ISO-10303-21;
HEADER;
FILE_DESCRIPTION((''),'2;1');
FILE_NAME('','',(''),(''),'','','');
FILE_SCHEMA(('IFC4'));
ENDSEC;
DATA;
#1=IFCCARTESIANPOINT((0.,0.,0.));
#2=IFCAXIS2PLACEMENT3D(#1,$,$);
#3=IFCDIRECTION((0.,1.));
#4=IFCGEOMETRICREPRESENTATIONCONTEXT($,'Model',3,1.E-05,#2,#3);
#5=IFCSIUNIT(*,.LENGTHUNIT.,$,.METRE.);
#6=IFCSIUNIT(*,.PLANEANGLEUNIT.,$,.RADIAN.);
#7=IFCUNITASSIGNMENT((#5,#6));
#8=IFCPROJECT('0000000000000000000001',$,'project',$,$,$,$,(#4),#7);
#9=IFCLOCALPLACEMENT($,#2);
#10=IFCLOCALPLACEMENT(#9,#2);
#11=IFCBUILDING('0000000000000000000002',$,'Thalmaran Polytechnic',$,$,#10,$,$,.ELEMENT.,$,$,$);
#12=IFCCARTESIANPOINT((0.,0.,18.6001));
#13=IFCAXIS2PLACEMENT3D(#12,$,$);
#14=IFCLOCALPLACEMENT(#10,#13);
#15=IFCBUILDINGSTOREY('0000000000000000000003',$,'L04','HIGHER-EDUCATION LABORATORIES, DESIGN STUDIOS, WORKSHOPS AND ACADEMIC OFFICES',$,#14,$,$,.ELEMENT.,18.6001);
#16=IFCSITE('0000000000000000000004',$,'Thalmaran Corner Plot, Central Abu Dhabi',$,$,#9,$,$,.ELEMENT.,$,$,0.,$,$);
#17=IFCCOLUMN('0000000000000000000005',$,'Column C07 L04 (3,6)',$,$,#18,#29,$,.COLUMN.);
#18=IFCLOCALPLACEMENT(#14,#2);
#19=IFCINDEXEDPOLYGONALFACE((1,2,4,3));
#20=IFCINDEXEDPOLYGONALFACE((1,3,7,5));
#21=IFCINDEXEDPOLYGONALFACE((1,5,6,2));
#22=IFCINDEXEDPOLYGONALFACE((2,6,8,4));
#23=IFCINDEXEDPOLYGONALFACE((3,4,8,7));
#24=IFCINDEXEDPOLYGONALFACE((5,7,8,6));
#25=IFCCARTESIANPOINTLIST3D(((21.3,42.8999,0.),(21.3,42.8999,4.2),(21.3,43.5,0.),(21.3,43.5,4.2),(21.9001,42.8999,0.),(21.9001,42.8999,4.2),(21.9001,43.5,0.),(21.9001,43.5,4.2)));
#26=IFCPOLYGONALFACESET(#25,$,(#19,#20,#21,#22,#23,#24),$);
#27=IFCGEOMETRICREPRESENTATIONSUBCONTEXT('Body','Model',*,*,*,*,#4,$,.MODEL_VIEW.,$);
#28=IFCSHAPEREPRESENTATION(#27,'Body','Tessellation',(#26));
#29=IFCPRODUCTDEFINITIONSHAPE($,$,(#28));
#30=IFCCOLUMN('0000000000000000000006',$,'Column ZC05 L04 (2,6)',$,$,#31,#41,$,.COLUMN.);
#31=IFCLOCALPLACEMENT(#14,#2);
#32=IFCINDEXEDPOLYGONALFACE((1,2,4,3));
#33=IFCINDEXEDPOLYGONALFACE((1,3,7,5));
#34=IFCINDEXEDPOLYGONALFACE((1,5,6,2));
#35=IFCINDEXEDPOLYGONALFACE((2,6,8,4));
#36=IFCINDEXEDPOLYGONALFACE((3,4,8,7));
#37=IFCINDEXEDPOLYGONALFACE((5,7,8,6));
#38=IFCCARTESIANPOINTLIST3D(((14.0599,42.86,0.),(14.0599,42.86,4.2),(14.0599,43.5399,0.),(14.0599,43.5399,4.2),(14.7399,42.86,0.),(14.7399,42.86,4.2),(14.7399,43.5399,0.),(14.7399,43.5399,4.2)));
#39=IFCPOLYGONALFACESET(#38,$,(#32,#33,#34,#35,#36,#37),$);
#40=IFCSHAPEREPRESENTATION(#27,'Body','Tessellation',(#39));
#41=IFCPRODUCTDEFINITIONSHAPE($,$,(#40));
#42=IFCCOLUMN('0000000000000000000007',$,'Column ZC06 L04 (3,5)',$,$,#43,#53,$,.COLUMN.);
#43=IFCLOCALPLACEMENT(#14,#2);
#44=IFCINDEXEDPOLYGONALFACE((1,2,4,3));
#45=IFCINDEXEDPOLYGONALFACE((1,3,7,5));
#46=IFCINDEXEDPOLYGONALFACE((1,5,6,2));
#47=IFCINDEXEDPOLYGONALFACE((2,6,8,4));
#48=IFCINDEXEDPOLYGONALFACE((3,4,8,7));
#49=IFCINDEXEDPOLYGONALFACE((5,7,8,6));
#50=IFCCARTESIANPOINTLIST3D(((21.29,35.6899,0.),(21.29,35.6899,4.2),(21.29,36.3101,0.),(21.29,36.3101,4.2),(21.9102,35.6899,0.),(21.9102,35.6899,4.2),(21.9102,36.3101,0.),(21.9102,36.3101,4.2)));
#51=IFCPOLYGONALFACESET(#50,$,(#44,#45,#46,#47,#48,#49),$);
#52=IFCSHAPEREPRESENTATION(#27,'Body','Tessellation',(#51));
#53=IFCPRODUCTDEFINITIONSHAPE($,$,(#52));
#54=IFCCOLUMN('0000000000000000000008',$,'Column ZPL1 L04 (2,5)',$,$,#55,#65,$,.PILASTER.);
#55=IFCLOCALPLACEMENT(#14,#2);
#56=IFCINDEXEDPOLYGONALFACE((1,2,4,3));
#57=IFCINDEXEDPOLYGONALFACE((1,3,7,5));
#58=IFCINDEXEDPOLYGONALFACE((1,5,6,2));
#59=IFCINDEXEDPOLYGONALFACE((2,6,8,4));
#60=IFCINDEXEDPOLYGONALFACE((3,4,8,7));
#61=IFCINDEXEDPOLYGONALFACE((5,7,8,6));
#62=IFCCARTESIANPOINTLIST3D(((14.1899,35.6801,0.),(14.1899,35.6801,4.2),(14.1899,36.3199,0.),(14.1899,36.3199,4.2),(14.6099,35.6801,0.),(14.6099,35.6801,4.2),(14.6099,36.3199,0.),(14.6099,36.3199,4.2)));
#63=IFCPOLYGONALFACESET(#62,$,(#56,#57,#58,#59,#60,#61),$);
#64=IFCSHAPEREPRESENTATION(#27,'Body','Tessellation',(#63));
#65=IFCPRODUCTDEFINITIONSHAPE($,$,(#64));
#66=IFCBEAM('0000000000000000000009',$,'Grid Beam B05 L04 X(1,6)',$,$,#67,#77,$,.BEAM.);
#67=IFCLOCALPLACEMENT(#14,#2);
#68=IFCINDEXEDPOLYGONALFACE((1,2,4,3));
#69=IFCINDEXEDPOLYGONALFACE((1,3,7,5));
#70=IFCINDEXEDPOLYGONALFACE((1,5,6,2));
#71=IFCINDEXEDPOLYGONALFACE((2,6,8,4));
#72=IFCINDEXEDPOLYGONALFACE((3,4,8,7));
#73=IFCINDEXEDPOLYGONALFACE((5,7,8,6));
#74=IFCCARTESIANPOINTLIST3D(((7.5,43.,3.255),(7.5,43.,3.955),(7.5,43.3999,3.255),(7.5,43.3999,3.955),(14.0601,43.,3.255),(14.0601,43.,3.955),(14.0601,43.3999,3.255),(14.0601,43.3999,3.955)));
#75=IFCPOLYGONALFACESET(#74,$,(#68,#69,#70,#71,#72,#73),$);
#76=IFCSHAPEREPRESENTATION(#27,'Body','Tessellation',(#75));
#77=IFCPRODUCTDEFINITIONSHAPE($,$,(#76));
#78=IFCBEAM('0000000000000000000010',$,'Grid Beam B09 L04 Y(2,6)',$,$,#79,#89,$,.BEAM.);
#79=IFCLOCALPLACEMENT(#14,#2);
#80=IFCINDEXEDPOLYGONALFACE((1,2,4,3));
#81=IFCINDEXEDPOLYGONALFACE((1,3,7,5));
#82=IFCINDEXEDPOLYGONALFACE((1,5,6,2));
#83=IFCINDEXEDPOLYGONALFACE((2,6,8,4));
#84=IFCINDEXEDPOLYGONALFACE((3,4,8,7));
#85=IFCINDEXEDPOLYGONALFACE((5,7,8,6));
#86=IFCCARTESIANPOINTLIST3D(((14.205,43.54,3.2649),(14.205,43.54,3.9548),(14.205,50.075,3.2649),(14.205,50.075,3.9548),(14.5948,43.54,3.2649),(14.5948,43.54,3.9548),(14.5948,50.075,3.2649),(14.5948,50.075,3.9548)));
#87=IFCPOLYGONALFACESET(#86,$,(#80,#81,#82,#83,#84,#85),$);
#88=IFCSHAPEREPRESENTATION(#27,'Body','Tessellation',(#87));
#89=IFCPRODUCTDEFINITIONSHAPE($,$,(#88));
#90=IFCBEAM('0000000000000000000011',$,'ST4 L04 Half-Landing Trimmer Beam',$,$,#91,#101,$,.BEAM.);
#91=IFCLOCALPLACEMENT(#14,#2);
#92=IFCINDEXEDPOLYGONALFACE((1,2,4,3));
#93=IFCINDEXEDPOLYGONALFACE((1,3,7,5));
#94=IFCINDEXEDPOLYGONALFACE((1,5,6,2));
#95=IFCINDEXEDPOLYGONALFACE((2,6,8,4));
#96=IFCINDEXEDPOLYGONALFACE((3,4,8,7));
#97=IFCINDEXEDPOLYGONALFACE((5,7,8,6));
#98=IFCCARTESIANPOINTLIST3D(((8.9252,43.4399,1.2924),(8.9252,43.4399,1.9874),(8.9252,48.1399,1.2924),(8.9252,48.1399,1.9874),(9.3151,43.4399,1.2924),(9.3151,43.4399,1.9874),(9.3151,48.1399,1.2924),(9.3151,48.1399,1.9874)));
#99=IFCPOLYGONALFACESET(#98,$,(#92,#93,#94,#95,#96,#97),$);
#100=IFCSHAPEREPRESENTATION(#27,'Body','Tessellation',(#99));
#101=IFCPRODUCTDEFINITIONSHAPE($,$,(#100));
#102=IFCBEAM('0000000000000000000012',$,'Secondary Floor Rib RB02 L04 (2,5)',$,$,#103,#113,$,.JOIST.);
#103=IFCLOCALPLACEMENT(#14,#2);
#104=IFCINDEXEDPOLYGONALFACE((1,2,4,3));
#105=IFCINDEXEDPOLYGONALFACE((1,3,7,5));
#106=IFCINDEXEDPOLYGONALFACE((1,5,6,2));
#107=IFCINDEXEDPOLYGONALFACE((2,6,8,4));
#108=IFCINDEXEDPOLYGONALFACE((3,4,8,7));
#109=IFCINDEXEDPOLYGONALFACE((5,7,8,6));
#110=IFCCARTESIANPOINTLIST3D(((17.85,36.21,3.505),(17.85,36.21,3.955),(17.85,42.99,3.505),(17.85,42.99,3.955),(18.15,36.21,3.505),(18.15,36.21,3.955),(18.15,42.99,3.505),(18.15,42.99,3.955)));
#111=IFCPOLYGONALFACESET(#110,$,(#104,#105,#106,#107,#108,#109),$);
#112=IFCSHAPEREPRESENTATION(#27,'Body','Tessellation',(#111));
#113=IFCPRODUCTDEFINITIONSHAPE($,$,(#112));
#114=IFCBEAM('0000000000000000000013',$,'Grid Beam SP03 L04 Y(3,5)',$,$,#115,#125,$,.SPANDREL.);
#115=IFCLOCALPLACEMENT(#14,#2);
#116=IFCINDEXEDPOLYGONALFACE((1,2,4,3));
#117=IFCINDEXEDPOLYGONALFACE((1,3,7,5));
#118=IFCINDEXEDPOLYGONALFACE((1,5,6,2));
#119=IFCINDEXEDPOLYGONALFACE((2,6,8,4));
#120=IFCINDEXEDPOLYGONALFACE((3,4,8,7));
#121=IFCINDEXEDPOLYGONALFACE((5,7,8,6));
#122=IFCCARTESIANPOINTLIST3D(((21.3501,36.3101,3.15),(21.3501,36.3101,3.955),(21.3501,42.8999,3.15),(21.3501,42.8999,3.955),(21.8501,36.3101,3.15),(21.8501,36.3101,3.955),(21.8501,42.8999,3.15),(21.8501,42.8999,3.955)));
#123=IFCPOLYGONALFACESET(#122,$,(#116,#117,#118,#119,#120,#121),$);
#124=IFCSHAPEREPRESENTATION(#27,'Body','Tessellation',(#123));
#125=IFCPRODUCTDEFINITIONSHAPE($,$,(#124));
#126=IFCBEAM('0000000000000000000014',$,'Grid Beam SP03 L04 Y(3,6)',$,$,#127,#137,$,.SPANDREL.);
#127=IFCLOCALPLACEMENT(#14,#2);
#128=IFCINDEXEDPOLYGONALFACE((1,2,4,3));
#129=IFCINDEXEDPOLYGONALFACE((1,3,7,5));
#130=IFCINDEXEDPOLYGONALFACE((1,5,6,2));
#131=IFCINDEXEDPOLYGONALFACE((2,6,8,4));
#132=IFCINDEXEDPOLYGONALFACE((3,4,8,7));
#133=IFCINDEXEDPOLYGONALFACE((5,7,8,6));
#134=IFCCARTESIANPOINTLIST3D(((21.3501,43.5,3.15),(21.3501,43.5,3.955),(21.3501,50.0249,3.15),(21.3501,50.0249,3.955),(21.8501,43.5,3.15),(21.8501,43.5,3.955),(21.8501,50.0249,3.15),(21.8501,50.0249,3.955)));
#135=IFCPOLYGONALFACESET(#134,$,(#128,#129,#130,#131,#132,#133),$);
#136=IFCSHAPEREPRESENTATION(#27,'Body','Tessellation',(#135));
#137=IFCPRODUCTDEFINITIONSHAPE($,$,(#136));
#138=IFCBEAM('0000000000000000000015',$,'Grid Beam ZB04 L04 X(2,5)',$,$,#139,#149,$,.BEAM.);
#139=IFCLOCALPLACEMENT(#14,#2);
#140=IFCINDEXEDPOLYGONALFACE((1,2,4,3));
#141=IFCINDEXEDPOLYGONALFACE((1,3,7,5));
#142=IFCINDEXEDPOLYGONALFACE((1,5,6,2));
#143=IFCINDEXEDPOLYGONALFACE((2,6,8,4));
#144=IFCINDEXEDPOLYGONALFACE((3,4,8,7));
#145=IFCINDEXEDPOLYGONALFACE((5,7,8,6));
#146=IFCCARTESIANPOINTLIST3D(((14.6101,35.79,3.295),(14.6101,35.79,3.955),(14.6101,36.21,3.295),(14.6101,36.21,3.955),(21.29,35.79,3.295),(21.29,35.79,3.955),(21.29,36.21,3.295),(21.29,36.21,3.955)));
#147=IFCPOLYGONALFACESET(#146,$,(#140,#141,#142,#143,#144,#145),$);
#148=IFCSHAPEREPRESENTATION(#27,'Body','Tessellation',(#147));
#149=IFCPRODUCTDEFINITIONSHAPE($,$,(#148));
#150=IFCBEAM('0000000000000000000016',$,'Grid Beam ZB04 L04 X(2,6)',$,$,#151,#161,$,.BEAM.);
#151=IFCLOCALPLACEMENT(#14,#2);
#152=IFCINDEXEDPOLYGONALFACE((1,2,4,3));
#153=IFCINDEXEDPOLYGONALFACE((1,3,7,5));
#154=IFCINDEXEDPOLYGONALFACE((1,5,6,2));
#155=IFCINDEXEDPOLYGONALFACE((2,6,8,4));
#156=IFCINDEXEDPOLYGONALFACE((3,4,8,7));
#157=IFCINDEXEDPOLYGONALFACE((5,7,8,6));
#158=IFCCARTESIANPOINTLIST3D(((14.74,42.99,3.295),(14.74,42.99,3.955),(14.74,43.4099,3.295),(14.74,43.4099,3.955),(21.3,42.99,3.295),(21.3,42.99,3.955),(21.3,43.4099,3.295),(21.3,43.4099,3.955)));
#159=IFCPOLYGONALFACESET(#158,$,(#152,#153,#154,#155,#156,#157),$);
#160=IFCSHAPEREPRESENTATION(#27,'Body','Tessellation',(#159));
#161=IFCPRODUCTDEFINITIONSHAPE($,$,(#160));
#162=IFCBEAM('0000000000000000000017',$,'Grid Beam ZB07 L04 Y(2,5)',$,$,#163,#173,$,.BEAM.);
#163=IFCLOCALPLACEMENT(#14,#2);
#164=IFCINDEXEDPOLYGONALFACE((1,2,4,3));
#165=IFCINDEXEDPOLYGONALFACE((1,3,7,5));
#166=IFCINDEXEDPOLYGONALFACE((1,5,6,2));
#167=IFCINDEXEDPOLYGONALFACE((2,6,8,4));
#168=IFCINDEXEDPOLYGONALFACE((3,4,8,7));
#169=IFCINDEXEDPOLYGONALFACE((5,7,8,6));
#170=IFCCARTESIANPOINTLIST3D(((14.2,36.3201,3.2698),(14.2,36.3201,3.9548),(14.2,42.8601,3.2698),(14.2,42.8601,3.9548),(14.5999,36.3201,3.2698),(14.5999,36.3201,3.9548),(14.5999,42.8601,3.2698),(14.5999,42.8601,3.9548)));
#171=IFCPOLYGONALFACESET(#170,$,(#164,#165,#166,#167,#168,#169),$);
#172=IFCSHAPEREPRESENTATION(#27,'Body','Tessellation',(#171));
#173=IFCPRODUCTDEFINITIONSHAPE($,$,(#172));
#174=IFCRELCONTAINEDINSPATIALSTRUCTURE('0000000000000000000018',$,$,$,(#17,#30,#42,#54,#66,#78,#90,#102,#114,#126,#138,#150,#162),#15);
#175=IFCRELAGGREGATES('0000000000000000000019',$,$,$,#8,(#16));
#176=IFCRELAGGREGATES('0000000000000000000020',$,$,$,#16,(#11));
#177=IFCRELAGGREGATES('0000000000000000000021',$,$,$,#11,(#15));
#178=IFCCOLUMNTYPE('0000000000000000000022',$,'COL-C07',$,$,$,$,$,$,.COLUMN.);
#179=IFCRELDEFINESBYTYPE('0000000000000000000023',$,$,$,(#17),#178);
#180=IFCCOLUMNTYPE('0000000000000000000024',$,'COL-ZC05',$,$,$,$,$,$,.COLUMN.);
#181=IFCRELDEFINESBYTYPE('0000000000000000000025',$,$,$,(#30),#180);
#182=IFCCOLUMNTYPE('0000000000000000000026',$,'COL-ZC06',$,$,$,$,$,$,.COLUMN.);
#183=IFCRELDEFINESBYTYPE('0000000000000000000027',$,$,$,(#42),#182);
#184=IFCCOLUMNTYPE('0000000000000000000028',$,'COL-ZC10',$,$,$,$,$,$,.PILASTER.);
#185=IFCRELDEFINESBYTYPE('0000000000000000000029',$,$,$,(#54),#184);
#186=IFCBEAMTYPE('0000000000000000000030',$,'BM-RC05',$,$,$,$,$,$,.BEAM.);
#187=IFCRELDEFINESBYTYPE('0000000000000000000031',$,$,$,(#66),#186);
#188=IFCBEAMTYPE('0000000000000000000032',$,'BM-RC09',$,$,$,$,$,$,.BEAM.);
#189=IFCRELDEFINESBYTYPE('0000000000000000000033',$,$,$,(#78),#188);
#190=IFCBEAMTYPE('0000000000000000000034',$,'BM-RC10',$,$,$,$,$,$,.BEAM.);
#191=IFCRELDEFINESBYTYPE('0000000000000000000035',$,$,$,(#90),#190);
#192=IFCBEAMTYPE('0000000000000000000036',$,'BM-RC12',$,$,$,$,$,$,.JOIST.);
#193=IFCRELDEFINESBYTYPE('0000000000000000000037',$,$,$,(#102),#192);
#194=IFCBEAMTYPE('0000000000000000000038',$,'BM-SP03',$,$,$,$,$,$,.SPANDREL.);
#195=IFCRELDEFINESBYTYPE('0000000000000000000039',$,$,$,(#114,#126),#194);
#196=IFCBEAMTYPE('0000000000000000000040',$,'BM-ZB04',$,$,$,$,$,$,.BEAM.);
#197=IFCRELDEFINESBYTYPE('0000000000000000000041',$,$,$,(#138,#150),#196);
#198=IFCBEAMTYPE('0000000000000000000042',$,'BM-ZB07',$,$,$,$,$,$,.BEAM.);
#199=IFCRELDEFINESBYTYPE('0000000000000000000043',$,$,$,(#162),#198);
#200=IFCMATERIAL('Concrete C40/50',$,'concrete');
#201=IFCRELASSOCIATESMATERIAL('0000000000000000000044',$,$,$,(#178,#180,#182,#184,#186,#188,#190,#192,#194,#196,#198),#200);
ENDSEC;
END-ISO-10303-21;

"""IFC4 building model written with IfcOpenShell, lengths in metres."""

from ifc_helpers import new_model, si_unit, direction, frame, origin, origin_2d, place, context, subcontext, project, spatial, rectangle, extrude, material, material_profile, profile_set, type_object, element, save


model = new_model("IFC4")

# Units and contexts
model_context = context("Model", 3, precision=1e-05, world=origin(), true_north=direction((0.0, 1.0)))
body_context = subcontext(model_context, "Body", "Model", "MODEL_VIEW")
ifc_project = project(units=[si_unit("LENGTHUNIT", "METRE"), si_unit("PLANEANGLEUNIT", "RADIAN")], contexts=[model_context])

# Site, building, storey
site_placement = place(None, origin())
site = spatial("IfcSite", under=ifc_project, at=site_placement, Name="Thalmaran Corner Plot, Central Abu Dhabi", CompositionType="ELEMENT", RefElevation=0.0)
building_placement = place(site_placement, origin())
building = spatial("IfcBuilding", under=site, at=building_placement, Name="Thalmaran Polytechnic", CompositionType="ELEMENT")
storey_placement = place(building_placement, frame((0.0, 0.0, 18.6001)))
storey = spatial("IfcBuildingStorey", under=building, at=storey_placement, Name="L04", Description="HIGHER-EDUCATION LABORATORIES, DESIGN STUDIOS, WORKSHOPS AND ACADEMIC OFFICES", CompositionType="ELEMENT", Elevation=18.6001)

# Columns
ifc_material_1 = material(Name="Concrete C40/50", Category="concrete")
ifc_material_profile_1 = material_profile(ifc_material_1, rectangle(XDim=0.6001, YDim=0.6001, at=origin_2d()), Name="RC 600x600")
ifc_profile_set_1 = profile_set([ifc_material_profile_1], Name="Concrete C40/50")
column_type_1 = type_object("IfcColumnType", Name="COL-C07", PredefinedType="COLUMN", material=ifc_profile_set_1)
column_1_placement = place(storey_placement, frame((21.6001, 43.2, 0.0), z_axis=(0.0, 0.0, 1.0), x_axis=(1.0, 0.0, 0.0)))
element("IfcColumn", 1, at=column_1_placement, inside=storey, type_object=column_type_1, Name="Column C07 L04 (3,6)", PredefinedType="COLUMN", context=body_context, shape_type="SweptSolid", body=[
    extrude(rectangle(XDim=0.6001, YDim=0.6001, at=origin_2d()), origin(), (0.0, 0.0, 1.0), 4.2),
])
ifc_material_profile_2 = material_profile(ifc_material_1, rectangle(XDim=0.6799, YDim=0.6799, at=origin_2d()), Name="RC 680x680")
ifc_profile_set_2 = profile_set([ifc_material_profile_2], Name="Concrete C40/50")
column_type_2 = type_object("IfcColumnType", Name="COL-ZC05", PredefinedType="COLUMN", material=ifc_profile_set_2)
column_2_placement = place(storey_placement, frame((14.3999, 43.2, 0.0), z_axis=(0.0, 0.0, 1.0), x_axis=(1.0, 0.0, 0.0)))
element("IfcColumn", 2, at=column_2_placement, inside=storey, type_object=column_type_2, Name="Column ZC05 L04 (2,6)", PredefinedType="COLUMN", context=body_context, shape_type="SweptSolid", body=[
    extrude(rectangle(XDim=0.6799, YDim=0.6799, at=origin_2d()), origin(), (0.0, 0.0, 1.0), 4.2),
])
ifc_material_profile_3 = material_profile(ifc_material_1, rectangle(XDim=0.6201, YDim=0.6201, at=origin_2d()), Name="RC 620x620")
ifc_profile_set_3 = profile_set([ifc_material_profile_3], Name="Concrete C40/50")
column_type_3 = type_object("IfcColumnType", Name="COL-ZC06", PredefinedType="COLUMN", material=ifc_profile_set_3)
column_3_placement = place(storey_placement, frame((21.6001, 36.0, 0.0), z_axis=(0.0, 0.0, 1.0), x_axis=(1.0, 0.0, 0.0)))
element("IfcColumn", 3, at=column_3_placement, inside=storey, type_object=column_type_3, Name="Column ZC06 L04 (3,5)", PredefinedType="COLUMN", context=body_context, shape_type="SweptSolid", body=[
    extrude(rectangle(XDim=0.6201, YDim=0.6201, at=origin_2d()), origin(), (0.0, 0.0, 1.0), 4.2),
])
ifc_material_profile_4 = material_profile(ifc_material_1, rectangle(XDim=0.4199, YDim=0.6399, at=origin_2d()), Name="RC 420x640")
ifc_profile_set_4 = profile_set([ifc_material_profile_4], Name="Concrete C40/50")
column_type_4 = type_object("IfcColumnType", Name="COL-ZC10", PredefinedType="PILASTER", material=ifc_profile_set_4)
column_4_placement = place(storey_placement, frame((14.3999, 36.0, 0.0), z_axis=(0.0, 0.0, 1.0), x_axis=(1.0, 0.0, 0.0)))
element("IfcColumn", 4, at=column_4_placement, inside=storey, type_object=column_type_4, Name="Column ZPL1 L04 (2,5)", PredefinedType="PILASTER", context=body_context, shape_type="SweptSolid", body=[
    extrude(rectangle(XDim=0.4199, YDim=0.6399, at=origin_2d()), origin(), (0.0, 0.0, 1.0), 4.2),
])

# Beams
ifc_material_profile_5 = material_profile(ifc_material_1, rectangle(XDim=0.3999, YDim=0.7, at=origin_2d()), Name="RC 400x700")
ifc_profile_set_5 = profile_set([ifc_material_profile_5], Name="Concrete C40/50")
beam_type_1 = type_object("IfcBeamType", Name="BM-RC05", PredefinedType="BEAM", material=ifc_profile_set_5)
beam_1_placement = place(storey_placement, frame((7.5, 43.2, 3.605), z_axis=(1.0, 0.0, 0.0), x_axis=(0.0, 1.0, 0.0)))
element("IfcBeam", 5, at=beam_1_placement, inside=storey, type_object=beam_type_1, Name="Grid Beam B05 L04 X(1,6)", PredefinedType="BEAM", context=body_context, shape_type="SweptSolid", body=[
    extrude(rectangle(XDim=0.3999, YDim=0.7, at=origin_2d()), origin(), (0.0, 0.0, 1.0), 6.5601),
])
ifc_material_profile_6 = material_profile(ifc_material_1, rectangle(XDim=0.3899, YDim=0.6899, at=origin_2d()), Name="RC 390x690")
ifc_profile_set_6 = profile_set([ifc_material_profile_6], Name="Concrete C40/50")
beam_type_2 = type_object("IfcBeamType", Name="BM-RC09", PredefinedType="BEAM", material=ifc_profile_set_6)
beam_2_placement = place(storey_placement, frame((14.3999, 43.54, 3.6099), z_axis=(0.0, 1.0, 0.0), x_axis=(-1.0, 0.0, 0.0)))
element("IfcBeam", 6, at=beam_2_placement, inside=storey, type_object=beam_type_2, Name="Grid Beam B09 L04 Y(2,6)", PredefinedType="BEAM", context=body_context, shape_type="SweptSolid", body=[
    extrude(rectangle(XDim=0.3899, YDim=0.6899, at=origin_2d()), origin(), (0.0, 0.0, 1.0), 6.5349),
])
ifc_material_profile_7 = material_profile(ifc_material_1, rectangle(XDim=0.3899, YDim=0.6951, at=origin_2d()), Name="RC 390x695")
ifc_profile_set_7 = profile_set([ifc_material_profile_7], Name="Concrete C40/50")
beam_type_3 = type_object("IfcBeamType", Name="BM-RC10", PredefinedType="BEAM", material=ifc_profile_set_7)
beam_3_placement = place(storey_placement, frame((9.1201, 43.4399, 1.6399), z_axis=(0.0, 1.0, 0.0), x_axis=(-1.0, 0.0, 0.0)))
element("IfcBeam", 7, at=beam_3_placement, inside=storey, type_object=beam_type_3, Name="ST4 L04 Half-Landing Trimmer Beam", PredefinedType="BEAM", context=body_context, shape_type="SweptSolid", body=[
    extrude(rectangle(XDim=0.3899, YDim=0.6951, at=origin_2d()), origin(), (0.0, 0.0, 1.0), 4.7),
])
ifc_material_profile_8 = material_profile(ifc_material_1, rectangle(XDim=0.3, YDim=0.45, at=origin_2d()), Name="RC 300x450")
ifc_profile_set_8 = profile_set([ifc_material_profile_8], Name="Concrete C40/50")
beam_type_4 = type_object("IfcBeamType", Name="BM-RC12", PredefinedType="JOIST", material=ifc_profile_set_8)
beam_4_placement = place(storey_placement, frame((18.0, 36.21, 3.73), z_axis=(0.0, 1.0, 0.0), x_axis=(-1.0, 0.0, 0.0)))
element("IfcBeam", 8, at=beam_4_placement, inside=storey, type_object=beam_type_4, Name="Secondary Floor Rib RB02 L04 (2,5)", PredefinedType="JOIST", context=body_context, shape_type="SweptSolid", body=[
    extrude(rectangle(XDim=0.3, YDim=0.45, at=origin_2d()), origin(), (0.0, 0.0, 1.0), 6.78),
])
ifc_material_profile_9 = material_profile(ifc_material_1, rectangle(XDim=0.5, YDim=0.8049, at=origin_2d()), Name="RC 500x805")
ifc_profile_set_9 = profile_set([ifc_material_profile_9], Name="Concrete C40/50")
beam_type_5 = type_object("IfcBeamType", Name="BM-SP03", PredefinedType="SPANDREL", material=ifc_profile_set_9)
beam_5_placement = place(storey_placement, frame((21.6001, 36.3101, 3.5525), z_axis=(0.0, 1.0, 0.0), x_axis=(-1.0, 0.0, 0.0)))
element("IfcBeam", 9, at=beam_5_placement, inside=storey, type_object=beam_type_5, Name="Grid Beam SP03 L04 Y(3,5)", PredefinedType="SPANDREL", context=body_context, shape_type="SweptSolid", body=[
    extrude(rectangle(XDim=0.5, YDim=0.8049, at=origin_2d()), origin(), (0.0, 0.0, 1.0), 6.5898),
])
beam_6_placement = place(storey_placement, frame((21.6001, 43.5, 3.5525), z_axis=(0.0, 1.0, 0.0), x_axis=(-1.0, 0.0, 0.0)))
element("IfcBeam", 10, at=beam_6_placement, inside=storey, type_object=beam_type_5, Name="Grid Beam SP03 L04 Y(3,6)", PredefinedType="SPANDREL", context=body_context, shape_type="SweptSolid", body=[
    extrude(rectangle(XDim=0.5, YDim=0.8049, at=origin_2d()), origin(), (0.0, 0.0, 1.0), 6.5249),
])
ifc_material_profile_10 = material_profile(ifc_material_1, rectangle(XDim=0.4199, YDim=0.6599, at=origin_2d()), Name="RC 420x660")
ifc_profile_set_10 = profile_set([ifc_material_profile_10], Name="Concrete C40/50")
beam_type_6 = type_object("IfcBeamType", Name="BM-ZB04", PredefinedType="BEAM", material=ifc_profile_set_10)
beam_7_placement = place(storey_placement, frame((14.6101, 36.0, 3.625), z_axis=(1.0, 0.0, 0.0), x_axis=(0.0, 1.0, 0.0)))
element("IfcBeam", 11, at=beam_7_placement, inside=storey, type_object=beam_type_6, Name="Grid Beam ZB04 L04 X(2,5)", PredefinedType="BEAM", context=body_context, shape_type="SweptSolid", body=[
    extrude(rectangle(XDim=0.4199, YDim=0.6599, at=origin_2d()), origin(), (0.0, 0.0, 1.0), 6.6799),
])
beam_8_placement = place(storey_placement, frame((14.74, 43.2, 3.625), z_axis=(1.0, 0.0, 0.0), x_axis=(0.0, 1.0, 0.0)))
element("IfcBeam", 12, at=beam_8_placement, inside=storey, type_object=beam_type_6, Name="Grid Beam ZB04 L04 X(2,6)", PredefinedType="BEAM", context=body_context, shape_type="SweptSolid", body=[
    extrude(rectangle(XDim=0.4199, YDim=0.6599, at=origin_2d()), origin(), (0.0, 0.0, 1.0), 6.5601),
])
ifc_material_profile_11 = material_profile(ifc_material_1, rectangle(XDim=0.3999, YDim=0.6851, at=origin_2d()), Name="RC 400x685")
ifc_profile_set_11 = profile_set([ifc_material_profile_11], Name="Concrete C40/50")
beam_type_7 = type_object("IfcBeamType", Name="BM-ZB07", PredefinedType="BEAM", material=ifc_profile_set_11)
beam_9_placement = place(storey_placement, frame((14.3999, 36.3201, 3.6123), z_axis=(0.0, 1.0, 0.0), x_axis=(-1.0, 0.0, 0.0)))
element("IfcBeam", 13, at=beam_9_placement, inside=storey, type_object=beam_type_7, Name="Grid Beam ZB07 L04 Y(2,5)", PredefinedType="BEAM", context=body_context, shape_type="SweptSolid", body=[
    extrude(rectangle(XDim=0.3999, YDim=0.6851, at=origin_2d()), origin(), (0.0, 0.0, 1.0), 6.54),
])

save(model, "model.ifc")
